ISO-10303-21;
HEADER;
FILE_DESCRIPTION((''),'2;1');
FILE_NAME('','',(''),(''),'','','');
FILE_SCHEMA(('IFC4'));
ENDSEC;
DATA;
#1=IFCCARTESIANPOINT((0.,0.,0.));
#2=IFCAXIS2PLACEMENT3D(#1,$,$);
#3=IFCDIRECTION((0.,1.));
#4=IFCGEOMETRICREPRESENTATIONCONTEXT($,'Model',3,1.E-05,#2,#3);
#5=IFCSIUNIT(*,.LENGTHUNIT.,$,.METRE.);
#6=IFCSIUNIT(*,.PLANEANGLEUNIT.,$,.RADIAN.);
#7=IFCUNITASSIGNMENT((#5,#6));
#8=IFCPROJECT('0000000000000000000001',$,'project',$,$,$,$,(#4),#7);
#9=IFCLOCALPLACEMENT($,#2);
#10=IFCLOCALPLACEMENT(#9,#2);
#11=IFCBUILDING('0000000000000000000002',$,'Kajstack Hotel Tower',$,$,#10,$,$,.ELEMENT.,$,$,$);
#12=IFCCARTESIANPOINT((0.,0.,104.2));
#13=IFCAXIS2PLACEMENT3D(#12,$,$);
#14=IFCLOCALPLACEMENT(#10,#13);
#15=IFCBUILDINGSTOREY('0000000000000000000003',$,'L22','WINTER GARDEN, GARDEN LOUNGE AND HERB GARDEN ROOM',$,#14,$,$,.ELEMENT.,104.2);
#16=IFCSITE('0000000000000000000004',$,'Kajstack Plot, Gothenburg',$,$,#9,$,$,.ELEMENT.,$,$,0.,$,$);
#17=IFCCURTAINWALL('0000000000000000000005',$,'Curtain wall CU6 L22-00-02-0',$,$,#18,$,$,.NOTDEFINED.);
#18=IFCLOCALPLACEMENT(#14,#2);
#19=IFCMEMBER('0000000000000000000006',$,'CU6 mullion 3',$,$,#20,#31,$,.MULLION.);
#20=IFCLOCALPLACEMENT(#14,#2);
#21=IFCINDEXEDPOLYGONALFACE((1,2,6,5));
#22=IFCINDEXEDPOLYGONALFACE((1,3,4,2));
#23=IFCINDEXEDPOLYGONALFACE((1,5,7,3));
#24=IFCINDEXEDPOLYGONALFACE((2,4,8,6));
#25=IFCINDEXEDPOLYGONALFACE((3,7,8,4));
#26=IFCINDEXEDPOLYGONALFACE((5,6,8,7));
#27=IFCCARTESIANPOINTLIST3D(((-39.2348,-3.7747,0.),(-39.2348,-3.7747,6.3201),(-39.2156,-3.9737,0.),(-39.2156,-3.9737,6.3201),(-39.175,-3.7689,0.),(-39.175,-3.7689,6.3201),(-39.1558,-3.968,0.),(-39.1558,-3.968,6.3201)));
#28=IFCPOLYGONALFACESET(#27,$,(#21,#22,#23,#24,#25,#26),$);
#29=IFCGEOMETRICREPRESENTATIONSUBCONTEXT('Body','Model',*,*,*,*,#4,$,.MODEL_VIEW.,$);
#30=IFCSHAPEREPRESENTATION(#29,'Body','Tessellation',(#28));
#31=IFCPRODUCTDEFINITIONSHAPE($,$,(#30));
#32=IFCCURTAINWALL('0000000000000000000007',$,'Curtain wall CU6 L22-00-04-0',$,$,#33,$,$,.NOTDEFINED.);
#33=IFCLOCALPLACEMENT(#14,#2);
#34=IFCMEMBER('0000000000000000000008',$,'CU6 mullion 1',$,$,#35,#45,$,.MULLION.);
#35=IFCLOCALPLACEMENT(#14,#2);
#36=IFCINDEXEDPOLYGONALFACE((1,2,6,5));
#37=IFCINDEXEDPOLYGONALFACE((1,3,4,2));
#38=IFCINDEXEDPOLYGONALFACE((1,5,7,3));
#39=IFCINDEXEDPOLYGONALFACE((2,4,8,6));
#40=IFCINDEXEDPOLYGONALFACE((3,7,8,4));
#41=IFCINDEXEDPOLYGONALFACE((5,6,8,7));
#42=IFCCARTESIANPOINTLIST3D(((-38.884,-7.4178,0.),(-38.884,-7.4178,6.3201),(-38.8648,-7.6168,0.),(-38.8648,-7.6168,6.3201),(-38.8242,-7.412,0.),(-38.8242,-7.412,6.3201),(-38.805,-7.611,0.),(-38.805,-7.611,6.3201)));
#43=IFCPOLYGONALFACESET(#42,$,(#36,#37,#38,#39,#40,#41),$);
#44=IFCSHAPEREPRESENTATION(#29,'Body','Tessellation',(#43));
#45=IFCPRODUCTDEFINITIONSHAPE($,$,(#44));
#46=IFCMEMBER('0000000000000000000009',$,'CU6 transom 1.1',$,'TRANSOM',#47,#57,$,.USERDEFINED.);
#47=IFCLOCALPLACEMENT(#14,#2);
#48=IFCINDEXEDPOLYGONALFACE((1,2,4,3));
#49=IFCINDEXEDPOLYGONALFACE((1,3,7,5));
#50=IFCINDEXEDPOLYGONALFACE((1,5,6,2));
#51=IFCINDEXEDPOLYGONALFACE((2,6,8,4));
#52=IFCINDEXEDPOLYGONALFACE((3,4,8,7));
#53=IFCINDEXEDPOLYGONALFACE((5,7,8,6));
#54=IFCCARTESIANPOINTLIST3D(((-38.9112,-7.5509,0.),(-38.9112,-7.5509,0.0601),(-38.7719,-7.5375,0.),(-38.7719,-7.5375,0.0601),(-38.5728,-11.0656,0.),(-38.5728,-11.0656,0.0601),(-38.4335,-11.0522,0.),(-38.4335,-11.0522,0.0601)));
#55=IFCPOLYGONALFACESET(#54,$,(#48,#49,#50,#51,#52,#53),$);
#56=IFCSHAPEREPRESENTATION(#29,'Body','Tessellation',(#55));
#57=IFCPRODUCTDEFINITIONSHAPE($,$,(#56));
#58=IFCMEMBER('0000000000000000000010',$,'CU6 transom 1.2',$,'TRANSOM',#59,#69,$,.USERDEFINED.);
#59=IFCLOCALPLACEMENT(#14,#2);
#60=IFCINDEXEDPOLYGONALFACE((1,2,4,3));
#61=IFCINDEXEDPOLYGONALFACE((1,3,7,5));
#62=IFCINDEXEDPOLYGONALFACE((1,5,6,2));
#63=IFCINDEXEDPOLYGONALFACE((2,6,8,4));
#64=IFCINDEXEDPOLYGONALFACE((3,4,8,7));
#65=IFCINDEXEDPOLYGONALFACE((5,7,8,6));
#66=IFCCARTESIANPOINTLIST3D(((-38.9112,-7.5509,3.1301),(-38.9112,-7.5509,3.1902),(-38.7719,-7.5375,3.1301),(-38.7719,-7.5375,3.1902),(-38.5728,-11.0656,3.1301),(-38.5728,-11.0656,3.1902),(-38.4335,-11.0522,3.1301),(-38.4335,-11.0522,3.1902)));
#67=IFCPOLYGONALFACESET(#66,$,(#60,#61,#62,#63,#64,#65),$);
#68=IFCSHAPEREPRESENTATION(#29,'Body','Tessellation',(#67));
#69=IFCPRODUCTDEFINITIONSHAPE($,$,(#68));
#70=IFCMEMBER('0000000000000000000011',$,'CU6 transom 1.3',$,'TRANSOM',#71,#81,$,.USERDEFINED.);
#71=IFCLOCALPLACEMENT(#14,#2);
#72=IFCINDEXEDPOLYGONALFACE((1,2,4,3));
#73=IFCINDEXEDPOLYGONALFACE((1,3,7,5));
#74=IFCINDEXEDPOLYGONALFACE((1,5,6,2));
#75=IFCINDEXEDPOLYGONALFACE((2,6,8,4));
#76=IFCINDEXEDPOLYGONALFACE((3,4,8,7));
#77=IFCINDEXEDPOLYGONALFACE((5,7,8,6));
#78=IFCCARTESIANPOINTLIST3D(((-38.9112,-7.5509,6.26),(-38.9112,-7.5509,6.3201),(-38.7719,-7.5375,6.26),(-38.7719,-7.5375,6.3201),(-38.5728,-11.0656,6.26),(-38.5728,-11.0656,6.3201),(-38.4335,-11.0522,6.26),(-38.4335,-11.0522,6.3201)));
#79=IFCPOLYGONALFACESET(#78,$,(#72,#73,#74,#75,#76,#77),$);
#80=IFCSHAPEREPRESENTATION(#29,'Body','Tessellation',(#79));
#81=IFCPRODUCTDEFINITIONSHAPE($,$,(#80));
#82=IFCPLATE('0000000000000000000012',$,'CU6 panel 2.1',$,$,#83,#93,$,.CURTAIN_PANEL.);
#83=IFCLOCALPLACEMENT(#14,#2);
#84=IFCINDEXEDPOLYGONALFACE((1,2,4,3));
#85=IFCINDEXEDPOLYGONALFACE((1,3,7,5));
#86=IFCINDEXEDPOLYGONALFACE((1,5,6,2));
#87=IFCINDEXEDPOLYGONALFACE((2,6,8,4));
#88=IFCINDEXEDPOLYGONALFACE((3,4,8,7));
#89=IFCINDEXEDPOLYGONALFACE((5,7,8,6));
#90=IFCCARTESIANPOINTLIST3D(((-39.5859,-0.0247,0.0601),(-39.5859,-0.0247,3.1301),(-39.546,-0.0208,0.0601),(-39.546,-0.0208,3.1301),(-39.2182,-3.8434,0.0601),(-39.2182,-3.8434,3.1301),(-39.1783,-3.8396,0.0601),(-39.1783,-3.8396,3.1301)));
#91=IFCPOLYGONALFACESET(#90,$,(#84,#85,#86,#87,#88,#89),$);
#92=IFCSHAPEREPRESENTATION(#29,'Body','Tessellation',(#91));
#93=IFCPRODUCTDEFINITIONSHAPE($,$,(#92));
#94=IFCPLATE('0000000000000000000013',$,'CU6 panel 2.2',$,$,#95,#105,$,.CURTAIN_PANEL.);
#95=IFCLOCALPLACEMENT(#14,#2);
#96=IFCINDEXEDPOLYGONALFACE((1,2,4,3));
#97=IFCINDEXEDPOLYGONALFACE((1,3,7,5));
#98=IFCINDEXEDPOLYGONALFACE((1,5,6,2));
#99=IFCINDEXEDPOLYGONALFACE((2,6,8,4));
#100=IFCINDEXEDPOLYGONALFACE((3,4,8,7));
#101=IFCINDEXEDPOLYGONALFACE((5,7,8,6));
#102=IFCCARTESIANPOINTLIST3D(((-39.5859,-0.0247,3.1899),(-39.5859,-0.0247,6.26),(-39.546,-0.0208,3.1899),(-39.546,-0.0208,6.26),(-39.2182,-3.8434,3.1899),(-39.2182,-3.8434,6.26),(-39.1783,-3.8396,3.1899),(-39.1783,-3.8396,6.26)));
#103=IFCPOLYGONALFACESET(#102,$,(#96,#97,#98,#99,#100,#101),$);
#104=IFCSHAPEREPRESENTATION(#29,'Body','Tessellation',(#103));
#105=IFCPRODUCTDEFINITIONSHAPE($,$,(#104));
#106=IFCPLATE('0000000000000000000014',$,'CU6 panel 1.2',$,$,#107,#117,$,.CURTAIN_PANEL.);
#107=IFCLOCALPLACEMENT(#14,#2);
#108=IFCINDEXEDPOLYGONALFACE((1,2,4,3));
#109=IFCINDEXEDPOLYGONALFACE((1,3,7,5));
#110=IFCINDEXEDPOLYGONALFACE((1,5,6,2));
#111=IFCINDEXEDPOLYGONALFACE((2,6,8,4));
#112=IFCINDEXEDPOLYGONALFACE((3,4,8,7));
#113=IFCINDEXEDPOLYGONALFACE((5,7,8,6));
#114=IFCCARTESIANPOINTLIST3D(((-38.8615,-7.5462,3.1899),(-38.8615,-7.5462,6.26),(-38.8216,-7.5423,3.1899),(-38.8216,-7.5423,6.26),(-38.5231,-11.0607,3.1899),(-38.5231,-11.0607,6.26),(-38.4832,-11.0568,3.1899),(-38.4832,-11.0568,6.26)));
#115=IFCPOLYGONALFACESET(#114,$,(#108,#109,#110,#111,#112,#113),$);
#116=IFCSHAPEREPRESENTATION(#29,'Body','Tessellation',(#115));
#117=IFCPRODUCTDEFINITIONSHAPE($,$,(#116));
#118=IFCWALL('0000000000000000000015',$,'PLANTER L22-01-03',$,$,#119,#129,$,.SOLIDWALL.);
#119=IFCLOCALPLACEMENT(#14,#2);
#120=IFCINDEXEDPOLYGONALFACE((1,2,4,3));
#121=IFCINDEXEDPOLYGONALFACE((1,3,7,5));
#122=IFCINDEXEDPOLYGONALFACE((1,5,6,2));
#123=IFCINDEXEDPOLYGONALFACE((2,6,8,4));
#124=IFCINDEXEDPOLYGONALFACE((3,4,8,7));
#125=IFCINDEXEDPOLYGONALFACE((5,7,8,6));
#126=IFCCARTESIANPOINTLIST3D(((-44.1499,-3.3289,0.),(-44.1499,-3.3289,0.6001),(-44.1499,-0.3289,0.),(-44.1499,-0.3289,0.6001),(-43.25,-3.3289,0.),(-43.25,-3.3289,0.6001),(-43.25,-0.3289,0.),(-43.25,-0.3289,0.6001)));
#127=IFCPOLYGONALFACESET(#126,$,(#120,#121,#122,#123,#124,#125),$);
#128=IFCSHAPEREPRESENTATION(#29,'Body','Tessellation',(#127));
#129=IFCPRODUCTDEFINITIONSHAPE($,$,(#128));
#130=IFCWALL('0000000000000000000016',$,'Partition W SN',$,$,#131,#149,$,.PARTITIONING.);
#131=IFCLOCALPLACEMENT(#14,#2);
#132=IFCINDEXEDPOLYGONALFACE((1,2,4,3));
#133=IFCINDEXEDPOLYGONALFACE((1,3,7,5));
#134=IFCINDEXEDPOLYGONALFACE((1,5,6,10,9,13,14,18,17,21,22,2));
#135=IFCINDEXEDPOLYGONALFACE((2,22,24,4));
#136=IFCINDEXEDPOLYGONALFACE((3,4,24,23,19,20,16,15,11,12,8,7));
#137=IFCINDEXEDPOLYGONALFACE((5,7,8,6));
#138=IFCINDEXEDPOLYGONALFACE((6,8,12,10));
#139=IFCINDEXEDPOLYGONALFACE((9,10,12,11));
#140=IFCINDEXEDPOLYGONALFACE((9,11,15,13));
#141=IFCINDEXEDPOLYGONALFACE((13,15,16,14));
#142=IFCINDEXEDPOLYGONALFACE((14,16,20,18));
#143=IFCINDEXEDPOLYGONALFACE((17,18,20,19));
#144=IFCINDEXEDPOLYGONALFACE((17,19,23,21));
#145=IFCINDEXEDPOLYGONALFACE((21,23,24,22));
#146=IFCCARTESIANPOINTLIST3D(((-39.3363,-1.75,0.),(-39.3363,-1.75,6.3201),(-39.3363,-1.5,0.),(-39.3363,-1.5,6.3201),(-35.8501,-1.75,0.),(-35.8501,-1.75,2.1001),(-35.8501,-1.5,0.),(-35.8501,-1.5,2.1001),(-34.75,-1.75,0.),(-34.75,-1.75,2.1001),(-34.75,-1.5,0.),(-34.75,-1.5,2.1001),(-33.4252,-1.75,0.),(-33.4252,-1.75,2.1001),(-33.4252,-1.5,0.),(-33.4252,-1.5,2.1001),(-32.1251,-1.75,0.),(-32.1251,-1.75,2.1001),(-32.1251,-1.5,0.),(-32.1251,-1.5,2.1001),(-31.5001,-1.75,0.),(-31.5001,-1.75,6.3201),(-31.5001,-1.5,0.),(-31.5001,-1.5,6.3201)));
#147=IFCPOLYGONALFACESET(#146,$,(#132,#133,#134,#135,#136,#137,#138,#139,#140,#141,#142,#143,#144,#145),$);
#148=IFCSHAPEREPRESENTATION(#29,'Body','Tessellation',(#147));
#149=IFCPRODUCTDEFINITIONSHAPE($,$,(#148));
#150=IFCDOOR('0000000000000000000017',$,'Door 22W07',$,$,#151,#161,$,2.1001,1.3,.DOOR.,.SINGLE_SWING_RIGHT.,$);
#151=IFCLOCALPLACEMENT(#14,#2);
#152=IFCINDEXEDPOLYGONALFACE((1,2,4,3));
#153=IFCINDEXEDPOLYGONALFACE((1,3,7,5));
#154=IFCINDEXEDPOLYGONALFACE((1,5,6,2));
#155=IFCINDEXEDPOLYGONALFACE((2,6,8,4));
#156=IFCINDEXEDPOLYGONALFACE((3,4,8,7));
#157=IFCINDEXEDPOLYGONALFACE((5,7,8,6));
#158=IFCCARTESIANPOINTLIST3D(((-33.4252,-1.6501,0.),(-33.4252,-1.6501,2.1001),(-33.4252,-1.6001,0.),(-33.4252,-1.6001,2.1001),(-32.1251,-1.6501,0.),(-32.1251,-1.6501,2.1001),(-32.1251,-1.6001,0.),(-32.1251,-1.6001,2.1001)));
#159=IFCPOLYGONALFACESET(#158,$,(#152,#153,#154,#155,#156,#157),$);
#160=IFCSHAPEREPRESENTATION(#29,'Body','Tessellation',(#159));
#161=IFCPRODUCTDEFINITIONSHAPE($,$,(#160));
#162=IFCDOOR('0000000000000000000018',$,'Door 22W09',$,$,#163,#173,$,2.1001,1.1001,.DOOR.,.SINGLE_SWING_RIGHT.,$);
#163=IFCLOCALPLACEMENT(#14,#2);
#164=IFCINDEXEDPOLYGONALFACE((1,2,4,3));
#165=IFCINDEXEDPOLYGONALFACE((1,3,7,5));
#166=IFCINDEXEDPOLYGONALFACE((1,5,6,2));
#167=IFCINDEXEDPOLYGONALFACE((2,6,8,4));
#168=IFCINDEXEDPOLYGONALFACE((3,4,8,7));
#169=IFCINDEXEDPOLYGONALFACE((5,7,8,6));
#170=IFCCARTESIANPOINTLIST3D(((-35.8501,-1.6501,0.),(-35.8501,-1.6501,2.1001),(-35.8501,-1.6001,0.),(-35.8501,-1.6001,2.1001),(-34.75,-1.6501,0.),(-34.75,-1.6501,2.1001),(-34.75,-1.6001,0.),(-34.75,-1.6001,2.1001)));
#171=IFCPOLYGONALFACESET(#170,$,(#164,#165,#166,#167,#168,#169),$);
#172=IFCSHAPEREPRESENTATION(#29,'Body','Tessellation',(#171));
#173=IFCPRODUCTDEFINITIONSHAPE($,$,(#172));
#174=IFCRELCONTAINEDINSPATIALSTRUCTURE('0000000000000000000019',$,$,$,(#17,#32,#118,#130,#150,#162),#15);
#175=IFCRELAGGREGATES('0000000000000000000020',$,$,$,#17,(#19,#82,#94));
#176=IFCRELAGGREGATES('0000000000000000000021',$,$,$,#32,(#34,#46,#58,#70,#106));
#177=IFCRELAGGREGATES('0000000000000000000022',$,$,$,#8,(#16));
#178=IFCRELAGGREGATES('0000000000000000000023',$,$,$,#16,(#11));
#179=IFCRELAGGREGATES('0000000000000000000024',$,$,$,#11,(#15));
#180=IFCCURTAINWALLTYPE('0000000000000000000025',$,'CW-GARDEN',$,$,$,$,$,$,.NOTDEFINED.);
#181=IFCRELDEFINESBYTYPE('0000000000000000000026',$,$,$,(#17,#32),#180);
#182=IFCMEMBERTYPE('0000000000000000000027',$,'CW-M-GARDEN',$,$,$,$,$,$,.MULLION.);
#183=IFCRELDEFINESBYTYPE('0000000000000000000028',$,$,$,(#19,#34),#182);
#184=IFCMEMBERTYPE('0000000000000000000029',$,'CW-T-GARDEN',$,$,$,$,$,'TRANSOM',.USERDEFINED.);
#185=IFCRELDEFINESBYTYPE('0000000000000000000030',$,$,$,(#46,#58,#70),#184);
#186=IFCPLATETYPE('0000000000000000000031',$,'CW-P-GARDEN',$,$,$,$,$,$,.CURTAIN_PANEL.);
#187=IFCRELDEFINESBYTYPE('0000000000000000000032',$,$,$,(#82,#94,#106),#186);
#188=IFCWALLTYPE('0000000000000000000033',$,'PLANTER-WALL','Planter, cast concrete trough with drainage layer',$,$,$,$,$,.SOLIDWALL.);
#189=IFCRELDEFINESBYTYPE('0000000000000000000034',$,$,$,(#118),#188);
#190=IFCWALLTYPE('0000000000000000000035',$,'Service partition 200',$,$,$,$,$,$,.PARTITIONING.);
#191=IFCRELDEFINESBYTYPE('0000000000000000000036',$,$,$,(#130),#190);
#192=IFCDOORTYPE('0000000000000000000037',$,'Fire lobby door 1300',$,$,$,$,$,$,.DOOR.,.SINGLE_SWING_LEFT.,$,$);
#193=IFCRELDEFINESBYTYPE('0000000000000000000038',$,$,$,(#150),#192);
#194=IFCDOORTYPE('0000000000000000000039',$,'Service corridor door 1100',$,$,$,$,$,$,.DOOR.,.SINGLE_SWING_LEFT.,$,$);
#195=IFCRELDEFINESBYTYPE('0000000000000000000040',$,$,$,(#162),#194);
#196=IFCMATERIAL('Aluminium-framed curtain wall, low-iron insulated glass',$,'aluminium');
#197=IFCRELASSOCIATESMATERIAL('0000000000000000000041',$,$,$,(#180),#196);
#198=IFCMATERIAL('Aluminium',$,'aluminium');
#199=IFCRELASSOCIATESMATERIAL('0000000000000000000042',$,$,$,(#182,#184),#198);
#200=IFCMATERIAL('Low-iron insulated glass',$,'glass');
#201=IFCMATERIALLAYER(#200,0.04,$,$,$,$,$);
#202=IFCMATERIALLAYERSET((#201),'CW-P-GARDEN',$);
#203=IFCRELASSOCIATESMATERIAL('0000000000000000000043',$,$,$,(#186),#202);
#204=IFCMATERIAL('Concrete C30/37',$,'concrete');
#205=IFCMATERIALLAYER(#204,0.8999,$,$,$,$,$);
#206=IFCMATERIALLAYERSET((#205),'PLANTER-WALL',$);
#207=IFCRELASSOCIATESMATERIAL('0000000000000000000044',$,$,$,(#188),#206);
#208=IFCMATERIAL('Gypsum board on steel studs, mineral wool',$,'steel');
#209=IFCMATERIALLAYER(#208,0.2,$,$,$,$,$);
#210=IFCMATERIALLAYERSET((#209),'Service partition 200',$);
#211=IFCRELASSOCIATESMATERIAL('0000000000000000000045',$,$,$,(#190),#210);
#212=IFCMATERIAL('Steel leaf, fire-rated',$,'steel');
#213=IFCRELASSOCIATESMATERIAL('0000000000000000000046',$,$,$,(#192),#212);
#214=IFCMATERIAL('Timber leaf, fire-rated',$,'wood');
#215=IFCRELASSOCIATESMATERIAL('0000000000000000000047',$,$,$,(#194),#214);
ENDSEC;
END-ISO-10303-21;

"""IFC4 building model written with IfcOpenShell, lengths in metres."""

from ifc_helpers import new_model, si_unit, direction, frame, frame_2d, origin, origin_2d, place, context, subcontext, project, spatial, rectangle, extrude, material, layer, layer_set, material_profile, profile_set, type_object, element, fill, aggregate, save


model = new_model("IFC4")

# Units and contexts
model_context = context("Model", 3, precision=1e-05, world=origin(), true_north=direction((0.0, 1.0)))
body_context = subcontext(model_context, "Body", "Model", "MODEL_VIEW")
ifc_project = project(units=[si_unit("LENGTHUNIT", "METRE"), si_unit("PLANEANGLEUNIT", "RADIAN")], contexts=[model_context])

# Site, building, storey
site_placement = place(None, origin())
site = spatial("IfcSite", under=ifc_project, at=site_placement, Name="Kajstack Plot, Gothenburg", CompositionType="ELEMENT", RefElevation=0.0)
building_placement = place(site_placement, origin())
building = spatial("IfcBuilding", under=site, at=building_placement, Name="Kajstack Hotel Tower", CompositionType="ELEMENT")
storey_placement = place(building_placement, frame((0.0, 0.0, 104.2)))
storey = spatial("IfcBuildingStorey", under=building, at=storey_placement, Name="L22", Description="WINTER GARDEN, GARDEN LOUNGE AND HERB GARDEN ROOM", CompositionType="ELEMENT", Elevation=104.2)

# Curtain wall, member
ifc_material_1 = material(Name="Aluminium-framed curtain wall, low-iron insulated glass", Category="aluminium")
curtain_wall_type = type_object("IfcCurtainWallType", Name="CW-GARDEN", PredefinedType="NOTDEFINED", material=ifc_material_1)
curtain_wall_1_placement = place(storey_placement, origin())
curtain_wall_1 = element("IfcCurtainWall", 1, at=curtain_wall_1_placement, inside=storey, type_object=curtain_wall_type, Name="Curtain wall CU6 L22-00-02-0", PredefinedType="NOTDEFINED")
ifc_material_2 = material(Name="Aluminium", Category="aluminium")
ifc_material_profile_1 = material_profile(ifc_material_2, rectangle(XDim=0.0601, YDim=0.2, at=origin_2d()), Name="Aluminium mullion 60 x 200")
ifc_profile_set_1 = profile_set([ifc_material_profile_1], Name="Aluminium")
member_type_1 = type_object("IfcMemberType", Name="CW-M-GARDEN", PredefinedType="MULLION", material=ifc_profile_set_1)
member_1_placement = place(storey_placement, frame((-39.1953, -3.8713, 0.0), z_axis=(0.0, 0.0, 1.0), x_axis=(0.995396, 0.095846, 0.0)))
member_1 = element("IfcMember", 2, at=member_1_placement, type_object=member_type_1, Name="CU6 mullion 3", PredefinedType="MULLION", context=body_context, shape_type="SweptSolid", body=[
    extrude(rectangle(XDim=0.0601, YDim=0.2, at=origin_2d()), origin(), (0.0, 0.0, 1.0), 6.3201),
])

# Curtain wall, members
curtain_wall_2_placement = place(storey_placement, origin())
curtain_wall_2 = element("IfcCurtainWall", 3, at=curtain_wall_2_placement, inside=storey, type_object=curtain_wall_type, Name="Curtain wall CU6 L22-00-04-0", PredefinedType="NOTDEFINED")
member_2_placement = place(storey_placement, frame((-38.8445, -7.5144, 0.0), z_axis=(0.0, 0.0, 1.0), x_axis=(0.995396, 0.095846, 0.0)))
member_2 = element("IfcMember", 4, at=member_2_placement, type_object=member_type_1, Name="CU6 mullion 1", PredefinedType="MULLION", context=body_context, shape_type="SweptSolid", body=[
    extrude(rectangle(XDim=0.0601, YDim=0.2, at=origin_2d()), origin(), (0.0, 0.0, 1.0), 6.3201),
])
ifc_material_profile_2 = material_profile(ifc_material_2, rectangle(XDim=0.1399, YDim=0.0601, at=origin_2d()), Name="Aluminium transom 140 x 60")
ifc_profile_set_2 = profile_set([ifc_material_profile_2], Name="Aluminium")
member_type_2 = type_object("IfcMemberType", Name="CW-T-GARDEN", ElementType="TRANSOM", PredefinedType="USERDEFINED", material=ifc_profile_set_2)
member_3_placement = place(storey_placement, frame((-38.8416, -7.5442, 0.03), z_axis=(0.095834, -0.995397, 0.0), x_axis=(0.995397, 0.095834, 0.0)))
member_3 = element("IfcMember", 5, at=member_3_placement, type_object=member_type_2, Name="CU6 transom 1.1", ObjectType="TRANSOM", PredefinedType="USERDEFINED", context=body_context, shape_type="SweptSolid", body=[
    extrude(rectangle(XDim=0.1399, YDim=0.0601, at=origin_2d()), origin(), (0.0, 0.0, 1.0), 3.531),
])
member_4_placement = place(storey_placement, frame((-38.8416, -7.5442, 3.1602), z_axis=(0.095834, -0.995397, 0.0), x_axis=(0.995397, 0.095834, 0.0)))
member_4 = element("IfcMember", 6, at=member_4_placement, type_object=member_type_2, Name="CU6 transom 1.2", ObjectType="TRANSOM", PredefinedType="USERDEFINED", context=body_context, shape_type="SweptSolid", body=[
    extrude(rectangle(XDim=0.1399, YDim=0.0601, at=origin_2d()), origin(), (0.0, 0.0, 1.0), 3.531),
])
member_5_placement = place(storey_placement, frame((-38.8416, -7.5442, 6.29), z_axis=(0.095834, -0.995397, 0.0), x_axis=(0.995397, 0.095834, 0.0)))
member_5 = element("IfcMember", 7, at=member_5_placement, type_object=member_type_2, Name="CU6 transom 1.3", ObjectType="TRANSOM", PredefinedType="USERDEFINED", context=body_context, shape_type="SweptSolid", body=[
    extrude(rectangle(XDim=0.1399, YDim=0.0601, at=origin_2d()), origin(), (0.0, 0.0, 1.0), 3.531),
])

# Plates
ifc_material_3 = material(Name="Low-iron insulated glass", Category="glass")
ifc_layer_1 = layer(ifc_material_3, 0.04)
ifc_layer_set_1 = layer_set([ifc_layer_1], Name="CW-P-GARDEN")
plate_type = type_object("IfcPlateType", Name="CW-P-GARDEN", PredefinedType="CURTAIN_PANEL", material=ifc_layer_set_1)
plate_1_placement = place(storey_placement, frame((-39.3821, -1.9321, 0.0601), z_axis=(0.0, 0.0, 1.0), x_axis=(0.095846, -0.995396, 0.0)))
plate_1 = element("IfcPlate", 8, at=plate_1_placement, type_object=plate_type, Name="CU6 panel 2.1", PredefinedType="CURTAIN_PANEL", context=body_context, shape_type="SweptSolid", body=[
    extrude(rectangle(XDim=3.8364, YDim=0.04, at=origin_2d()), origin(), (0.0, 0.0, 1.0), 3.0701),
])
plate_2_placement = place(storey_placement, frame((-39.3821, -1.9321, 3.1899), z_axis=(0.0, 0.0, 1.0), x_axis=(0.095846, -0.995396, 0.0)))
plate_2 = element("IfcPlate", 9, at=plate_2_placement, type_object=plate_type, Name="CU6 panel 2.2", PredefinedType="CURTAIN_PANEL", context=body_context, shape_type="SweptSolid", body=[
    extrude(rectangle(XDim=3.8364, YDim=0.04, at=origin_2d()), origin(), (0.0, 0.0, 1.0), 3.0701),
])
aggregate(curtain_wall_1, [member_1, plate_1, plate_2])
plate_3_placement = place(storey_placement, frame((-38.6724, -9.3015, 3.1899), z_axis=(0.0, 0.0, 1.0), x_axis=(0.095846, -0.995396, 0.0)))
plate_3 = element("IfcPlate", 10, at=plate_3_placement, type_object=plate_type, Name="CU6 panel 1.2", PredefinedType="CURTAIN_PANEL", context=body_context, shape_type="SweptSolid", body=[
    extrude(rectangle(XDim=3.5308, YDim=0.04, at=origin_2d()), origin(), (0.0, 0.0, 1.0), 3.0701),
])
aggregate(curtain_wall_2, [member_2, member_3, member_4, member_5, plate_3])

# Wall
ifc_material_4 = material(Name="Concrete C30/37", Category="concrete")
ifc_layer_2 = layer(ifc_material_4, 0.8999)
ifc_layer_set_2 = layer_set([ifc_layer_2], Name="PLANTER-WALL")
wall_type_1 = type_object("IfcWallType", Name="PLANTER-WALL", Description="Planter, cast concrete trough with drainage layer", PredefinedType="SOLIDWALL", material=ifc_layer_set_2)
wall_1_placement = place(storey_placement, frame((-43.7, -3.3289, 0.0), z_axis=(0.0, 0.0, 1.0), x_axis=(0.0, 1.0, 0.0)))
element("IfcWall", 11, at=wall_1_placement, inside=storey, type_object=wall_type_1, Name="PLANTER L22-01-03", PredefinedType="SOLIDWALL", context=body_context, shape_type="SweptSolid", body=[
    extrude(rectangle(XDim=3.0, YDim=0.8999, at=frame_2d((1.5, 0.0))), origin(), (0.0, 0.0, 1.0), 0.6001),
])

# Wall, openings, doors
ifc_material_5 = material(Name="Gypsum board on steel studs, mineral wool", Category="steel")
ifc_layer_3 = layer(ifc_material_5, 0.2)
ifc_layer_set_3 = layer_set([ifc_layer_3], Name="Service partition 200")
wall_type_2 = type_object("IfcWallType", Name="Service partition 200", PredefinedType="PARTITIONING", material=ifc_layer_set_3)
wall_2_placement = place(storey_placement, frame((-39.3362, -1.625, 0.0), z_axis=(0.0, 0.0, 1.0), x_axis=(1.0, 0.0, 0.0)))
wall_2 = element("IfcWall", 12, at=wall_2_placement, inside=storey, type_object=wall_type_2, Name="Partition W SN", PredefinedType="PARTITIONING", context=body_context, shape_type="SweptSolid", body=[
    extrude(rectangle(XDim=7.8362, YDim=0.25, at=frame_2d((3.918, 0.0))), origin(), (0.0, 0.0, 1.0), 6.3201),
])
opening_1_placement = place(wall_2_placement, frame((5.9111, 0.0, 0.0)))
opening_1 = element("IfcOpeningElement", 13, at=opening_1_placement, cuts=wall_2, PredefinedType="OPENING", context=body_context, shape_type="SweptSolid", body=[
    extrude(rectangle(XDim=1.3, YDim=2.1001, at=frame_2d((0.6499, 1.05))), frame((0.0, 0.135, 0.0), z_axis=(0.0, -1.0, 0.0), x_axis=(1.0, 0.0, 0.0)), (0.0, 0.0, 1.0), 0.27),
])
opening_2_placement = place(wall_2_placement, frame((3.4861, 0.0, 0.0)))
opening_2 = element("IfcOpeningElement", 14, at=opening_2_placement, cuts=wall_2, PredefinedType="OPENING", context=body_context, shape_type="SweptSolid", body=[
    extrude(rectangle(XDim=1.1001, YDim=2.1001, at=frame_2d((0.55, 1.05))), frame((0.0, 0.135, 0.0), z_axis=(0.0, -1.0, 0.0), x_axis=(1.0, 0.0, 0.0)), (0.0, 0.0, 1.0), 0.27),
])
ifc_material_6 = material(Name="Steel leaf, fire-rated", Category="steel")
door_type_1 = type_object("IfcDoorType", Name="Fire lobby door 1300", OperationType="SINGLE_SWING_LEFT", PredefinedType="DOOR", material=ifc_material_6)
door_1_placement = place(opening_1_placement, origin())
door_1 = element("IfcDoor", 15, at=door_1_placement, inside=storey, type_object=door_type_1, Name="Door 22W07", OperationType="SINGLE_SWING_RIGHT", OverallHeight=2.1001, OverallWidth=1.3, PredefinedType="DOOR", context=body_context, shape_type="SweptSolid", body=[
    extrude(rectangle(XDim=1.3, YDim=2.1001, at=frame_2d((0.6499, 1.05))), frame((0.0, 0.0249, 0.0), z_axis=(0.0, -1.0, 0.0), x_axis=(1.0, 0.0, 0.0)), (0.0, 0.0, 1.0), 0.05),
])
fill(opening_1, door_1)
ifc_material_7 = material(Name="Timber leaf, fire-rated", Category="wood")
door_type_2 = type_object("IfcDoorType", Name="Service corridor door 1100", OperationType="SINGLE_SWING_LEFT", PredefinedType="DOOR", material=ifc_material_7)
door_2_placement = place(opening_2_placement, origin())
door_2 = element("IfcDoor", 16, at=door_2_placement, inside=storey, type_object=door_type_2, Name="Door 22W09", OperationType="SINGLE_SWING_RIGHT", OverallHeight=2.1001, OverallWidth=1.1001, PredefinedType="DOOR", context=body_context, shape_type="SweptSolid", body=[
    extrude(rectangle(XDim=1.1001, YDim=2.1001, at=frame_2d((0.55, 1.05))), frame((0.0, 0.0249, 0.0), z_axis=(0.0, -1.0, 0.0), x_axis=(1.0, 0.0, 0.0)), (0.0, 0.0, 1.0), 0.05),
])
fill(opening_2, door_2)

save(model, "model.ifc")
